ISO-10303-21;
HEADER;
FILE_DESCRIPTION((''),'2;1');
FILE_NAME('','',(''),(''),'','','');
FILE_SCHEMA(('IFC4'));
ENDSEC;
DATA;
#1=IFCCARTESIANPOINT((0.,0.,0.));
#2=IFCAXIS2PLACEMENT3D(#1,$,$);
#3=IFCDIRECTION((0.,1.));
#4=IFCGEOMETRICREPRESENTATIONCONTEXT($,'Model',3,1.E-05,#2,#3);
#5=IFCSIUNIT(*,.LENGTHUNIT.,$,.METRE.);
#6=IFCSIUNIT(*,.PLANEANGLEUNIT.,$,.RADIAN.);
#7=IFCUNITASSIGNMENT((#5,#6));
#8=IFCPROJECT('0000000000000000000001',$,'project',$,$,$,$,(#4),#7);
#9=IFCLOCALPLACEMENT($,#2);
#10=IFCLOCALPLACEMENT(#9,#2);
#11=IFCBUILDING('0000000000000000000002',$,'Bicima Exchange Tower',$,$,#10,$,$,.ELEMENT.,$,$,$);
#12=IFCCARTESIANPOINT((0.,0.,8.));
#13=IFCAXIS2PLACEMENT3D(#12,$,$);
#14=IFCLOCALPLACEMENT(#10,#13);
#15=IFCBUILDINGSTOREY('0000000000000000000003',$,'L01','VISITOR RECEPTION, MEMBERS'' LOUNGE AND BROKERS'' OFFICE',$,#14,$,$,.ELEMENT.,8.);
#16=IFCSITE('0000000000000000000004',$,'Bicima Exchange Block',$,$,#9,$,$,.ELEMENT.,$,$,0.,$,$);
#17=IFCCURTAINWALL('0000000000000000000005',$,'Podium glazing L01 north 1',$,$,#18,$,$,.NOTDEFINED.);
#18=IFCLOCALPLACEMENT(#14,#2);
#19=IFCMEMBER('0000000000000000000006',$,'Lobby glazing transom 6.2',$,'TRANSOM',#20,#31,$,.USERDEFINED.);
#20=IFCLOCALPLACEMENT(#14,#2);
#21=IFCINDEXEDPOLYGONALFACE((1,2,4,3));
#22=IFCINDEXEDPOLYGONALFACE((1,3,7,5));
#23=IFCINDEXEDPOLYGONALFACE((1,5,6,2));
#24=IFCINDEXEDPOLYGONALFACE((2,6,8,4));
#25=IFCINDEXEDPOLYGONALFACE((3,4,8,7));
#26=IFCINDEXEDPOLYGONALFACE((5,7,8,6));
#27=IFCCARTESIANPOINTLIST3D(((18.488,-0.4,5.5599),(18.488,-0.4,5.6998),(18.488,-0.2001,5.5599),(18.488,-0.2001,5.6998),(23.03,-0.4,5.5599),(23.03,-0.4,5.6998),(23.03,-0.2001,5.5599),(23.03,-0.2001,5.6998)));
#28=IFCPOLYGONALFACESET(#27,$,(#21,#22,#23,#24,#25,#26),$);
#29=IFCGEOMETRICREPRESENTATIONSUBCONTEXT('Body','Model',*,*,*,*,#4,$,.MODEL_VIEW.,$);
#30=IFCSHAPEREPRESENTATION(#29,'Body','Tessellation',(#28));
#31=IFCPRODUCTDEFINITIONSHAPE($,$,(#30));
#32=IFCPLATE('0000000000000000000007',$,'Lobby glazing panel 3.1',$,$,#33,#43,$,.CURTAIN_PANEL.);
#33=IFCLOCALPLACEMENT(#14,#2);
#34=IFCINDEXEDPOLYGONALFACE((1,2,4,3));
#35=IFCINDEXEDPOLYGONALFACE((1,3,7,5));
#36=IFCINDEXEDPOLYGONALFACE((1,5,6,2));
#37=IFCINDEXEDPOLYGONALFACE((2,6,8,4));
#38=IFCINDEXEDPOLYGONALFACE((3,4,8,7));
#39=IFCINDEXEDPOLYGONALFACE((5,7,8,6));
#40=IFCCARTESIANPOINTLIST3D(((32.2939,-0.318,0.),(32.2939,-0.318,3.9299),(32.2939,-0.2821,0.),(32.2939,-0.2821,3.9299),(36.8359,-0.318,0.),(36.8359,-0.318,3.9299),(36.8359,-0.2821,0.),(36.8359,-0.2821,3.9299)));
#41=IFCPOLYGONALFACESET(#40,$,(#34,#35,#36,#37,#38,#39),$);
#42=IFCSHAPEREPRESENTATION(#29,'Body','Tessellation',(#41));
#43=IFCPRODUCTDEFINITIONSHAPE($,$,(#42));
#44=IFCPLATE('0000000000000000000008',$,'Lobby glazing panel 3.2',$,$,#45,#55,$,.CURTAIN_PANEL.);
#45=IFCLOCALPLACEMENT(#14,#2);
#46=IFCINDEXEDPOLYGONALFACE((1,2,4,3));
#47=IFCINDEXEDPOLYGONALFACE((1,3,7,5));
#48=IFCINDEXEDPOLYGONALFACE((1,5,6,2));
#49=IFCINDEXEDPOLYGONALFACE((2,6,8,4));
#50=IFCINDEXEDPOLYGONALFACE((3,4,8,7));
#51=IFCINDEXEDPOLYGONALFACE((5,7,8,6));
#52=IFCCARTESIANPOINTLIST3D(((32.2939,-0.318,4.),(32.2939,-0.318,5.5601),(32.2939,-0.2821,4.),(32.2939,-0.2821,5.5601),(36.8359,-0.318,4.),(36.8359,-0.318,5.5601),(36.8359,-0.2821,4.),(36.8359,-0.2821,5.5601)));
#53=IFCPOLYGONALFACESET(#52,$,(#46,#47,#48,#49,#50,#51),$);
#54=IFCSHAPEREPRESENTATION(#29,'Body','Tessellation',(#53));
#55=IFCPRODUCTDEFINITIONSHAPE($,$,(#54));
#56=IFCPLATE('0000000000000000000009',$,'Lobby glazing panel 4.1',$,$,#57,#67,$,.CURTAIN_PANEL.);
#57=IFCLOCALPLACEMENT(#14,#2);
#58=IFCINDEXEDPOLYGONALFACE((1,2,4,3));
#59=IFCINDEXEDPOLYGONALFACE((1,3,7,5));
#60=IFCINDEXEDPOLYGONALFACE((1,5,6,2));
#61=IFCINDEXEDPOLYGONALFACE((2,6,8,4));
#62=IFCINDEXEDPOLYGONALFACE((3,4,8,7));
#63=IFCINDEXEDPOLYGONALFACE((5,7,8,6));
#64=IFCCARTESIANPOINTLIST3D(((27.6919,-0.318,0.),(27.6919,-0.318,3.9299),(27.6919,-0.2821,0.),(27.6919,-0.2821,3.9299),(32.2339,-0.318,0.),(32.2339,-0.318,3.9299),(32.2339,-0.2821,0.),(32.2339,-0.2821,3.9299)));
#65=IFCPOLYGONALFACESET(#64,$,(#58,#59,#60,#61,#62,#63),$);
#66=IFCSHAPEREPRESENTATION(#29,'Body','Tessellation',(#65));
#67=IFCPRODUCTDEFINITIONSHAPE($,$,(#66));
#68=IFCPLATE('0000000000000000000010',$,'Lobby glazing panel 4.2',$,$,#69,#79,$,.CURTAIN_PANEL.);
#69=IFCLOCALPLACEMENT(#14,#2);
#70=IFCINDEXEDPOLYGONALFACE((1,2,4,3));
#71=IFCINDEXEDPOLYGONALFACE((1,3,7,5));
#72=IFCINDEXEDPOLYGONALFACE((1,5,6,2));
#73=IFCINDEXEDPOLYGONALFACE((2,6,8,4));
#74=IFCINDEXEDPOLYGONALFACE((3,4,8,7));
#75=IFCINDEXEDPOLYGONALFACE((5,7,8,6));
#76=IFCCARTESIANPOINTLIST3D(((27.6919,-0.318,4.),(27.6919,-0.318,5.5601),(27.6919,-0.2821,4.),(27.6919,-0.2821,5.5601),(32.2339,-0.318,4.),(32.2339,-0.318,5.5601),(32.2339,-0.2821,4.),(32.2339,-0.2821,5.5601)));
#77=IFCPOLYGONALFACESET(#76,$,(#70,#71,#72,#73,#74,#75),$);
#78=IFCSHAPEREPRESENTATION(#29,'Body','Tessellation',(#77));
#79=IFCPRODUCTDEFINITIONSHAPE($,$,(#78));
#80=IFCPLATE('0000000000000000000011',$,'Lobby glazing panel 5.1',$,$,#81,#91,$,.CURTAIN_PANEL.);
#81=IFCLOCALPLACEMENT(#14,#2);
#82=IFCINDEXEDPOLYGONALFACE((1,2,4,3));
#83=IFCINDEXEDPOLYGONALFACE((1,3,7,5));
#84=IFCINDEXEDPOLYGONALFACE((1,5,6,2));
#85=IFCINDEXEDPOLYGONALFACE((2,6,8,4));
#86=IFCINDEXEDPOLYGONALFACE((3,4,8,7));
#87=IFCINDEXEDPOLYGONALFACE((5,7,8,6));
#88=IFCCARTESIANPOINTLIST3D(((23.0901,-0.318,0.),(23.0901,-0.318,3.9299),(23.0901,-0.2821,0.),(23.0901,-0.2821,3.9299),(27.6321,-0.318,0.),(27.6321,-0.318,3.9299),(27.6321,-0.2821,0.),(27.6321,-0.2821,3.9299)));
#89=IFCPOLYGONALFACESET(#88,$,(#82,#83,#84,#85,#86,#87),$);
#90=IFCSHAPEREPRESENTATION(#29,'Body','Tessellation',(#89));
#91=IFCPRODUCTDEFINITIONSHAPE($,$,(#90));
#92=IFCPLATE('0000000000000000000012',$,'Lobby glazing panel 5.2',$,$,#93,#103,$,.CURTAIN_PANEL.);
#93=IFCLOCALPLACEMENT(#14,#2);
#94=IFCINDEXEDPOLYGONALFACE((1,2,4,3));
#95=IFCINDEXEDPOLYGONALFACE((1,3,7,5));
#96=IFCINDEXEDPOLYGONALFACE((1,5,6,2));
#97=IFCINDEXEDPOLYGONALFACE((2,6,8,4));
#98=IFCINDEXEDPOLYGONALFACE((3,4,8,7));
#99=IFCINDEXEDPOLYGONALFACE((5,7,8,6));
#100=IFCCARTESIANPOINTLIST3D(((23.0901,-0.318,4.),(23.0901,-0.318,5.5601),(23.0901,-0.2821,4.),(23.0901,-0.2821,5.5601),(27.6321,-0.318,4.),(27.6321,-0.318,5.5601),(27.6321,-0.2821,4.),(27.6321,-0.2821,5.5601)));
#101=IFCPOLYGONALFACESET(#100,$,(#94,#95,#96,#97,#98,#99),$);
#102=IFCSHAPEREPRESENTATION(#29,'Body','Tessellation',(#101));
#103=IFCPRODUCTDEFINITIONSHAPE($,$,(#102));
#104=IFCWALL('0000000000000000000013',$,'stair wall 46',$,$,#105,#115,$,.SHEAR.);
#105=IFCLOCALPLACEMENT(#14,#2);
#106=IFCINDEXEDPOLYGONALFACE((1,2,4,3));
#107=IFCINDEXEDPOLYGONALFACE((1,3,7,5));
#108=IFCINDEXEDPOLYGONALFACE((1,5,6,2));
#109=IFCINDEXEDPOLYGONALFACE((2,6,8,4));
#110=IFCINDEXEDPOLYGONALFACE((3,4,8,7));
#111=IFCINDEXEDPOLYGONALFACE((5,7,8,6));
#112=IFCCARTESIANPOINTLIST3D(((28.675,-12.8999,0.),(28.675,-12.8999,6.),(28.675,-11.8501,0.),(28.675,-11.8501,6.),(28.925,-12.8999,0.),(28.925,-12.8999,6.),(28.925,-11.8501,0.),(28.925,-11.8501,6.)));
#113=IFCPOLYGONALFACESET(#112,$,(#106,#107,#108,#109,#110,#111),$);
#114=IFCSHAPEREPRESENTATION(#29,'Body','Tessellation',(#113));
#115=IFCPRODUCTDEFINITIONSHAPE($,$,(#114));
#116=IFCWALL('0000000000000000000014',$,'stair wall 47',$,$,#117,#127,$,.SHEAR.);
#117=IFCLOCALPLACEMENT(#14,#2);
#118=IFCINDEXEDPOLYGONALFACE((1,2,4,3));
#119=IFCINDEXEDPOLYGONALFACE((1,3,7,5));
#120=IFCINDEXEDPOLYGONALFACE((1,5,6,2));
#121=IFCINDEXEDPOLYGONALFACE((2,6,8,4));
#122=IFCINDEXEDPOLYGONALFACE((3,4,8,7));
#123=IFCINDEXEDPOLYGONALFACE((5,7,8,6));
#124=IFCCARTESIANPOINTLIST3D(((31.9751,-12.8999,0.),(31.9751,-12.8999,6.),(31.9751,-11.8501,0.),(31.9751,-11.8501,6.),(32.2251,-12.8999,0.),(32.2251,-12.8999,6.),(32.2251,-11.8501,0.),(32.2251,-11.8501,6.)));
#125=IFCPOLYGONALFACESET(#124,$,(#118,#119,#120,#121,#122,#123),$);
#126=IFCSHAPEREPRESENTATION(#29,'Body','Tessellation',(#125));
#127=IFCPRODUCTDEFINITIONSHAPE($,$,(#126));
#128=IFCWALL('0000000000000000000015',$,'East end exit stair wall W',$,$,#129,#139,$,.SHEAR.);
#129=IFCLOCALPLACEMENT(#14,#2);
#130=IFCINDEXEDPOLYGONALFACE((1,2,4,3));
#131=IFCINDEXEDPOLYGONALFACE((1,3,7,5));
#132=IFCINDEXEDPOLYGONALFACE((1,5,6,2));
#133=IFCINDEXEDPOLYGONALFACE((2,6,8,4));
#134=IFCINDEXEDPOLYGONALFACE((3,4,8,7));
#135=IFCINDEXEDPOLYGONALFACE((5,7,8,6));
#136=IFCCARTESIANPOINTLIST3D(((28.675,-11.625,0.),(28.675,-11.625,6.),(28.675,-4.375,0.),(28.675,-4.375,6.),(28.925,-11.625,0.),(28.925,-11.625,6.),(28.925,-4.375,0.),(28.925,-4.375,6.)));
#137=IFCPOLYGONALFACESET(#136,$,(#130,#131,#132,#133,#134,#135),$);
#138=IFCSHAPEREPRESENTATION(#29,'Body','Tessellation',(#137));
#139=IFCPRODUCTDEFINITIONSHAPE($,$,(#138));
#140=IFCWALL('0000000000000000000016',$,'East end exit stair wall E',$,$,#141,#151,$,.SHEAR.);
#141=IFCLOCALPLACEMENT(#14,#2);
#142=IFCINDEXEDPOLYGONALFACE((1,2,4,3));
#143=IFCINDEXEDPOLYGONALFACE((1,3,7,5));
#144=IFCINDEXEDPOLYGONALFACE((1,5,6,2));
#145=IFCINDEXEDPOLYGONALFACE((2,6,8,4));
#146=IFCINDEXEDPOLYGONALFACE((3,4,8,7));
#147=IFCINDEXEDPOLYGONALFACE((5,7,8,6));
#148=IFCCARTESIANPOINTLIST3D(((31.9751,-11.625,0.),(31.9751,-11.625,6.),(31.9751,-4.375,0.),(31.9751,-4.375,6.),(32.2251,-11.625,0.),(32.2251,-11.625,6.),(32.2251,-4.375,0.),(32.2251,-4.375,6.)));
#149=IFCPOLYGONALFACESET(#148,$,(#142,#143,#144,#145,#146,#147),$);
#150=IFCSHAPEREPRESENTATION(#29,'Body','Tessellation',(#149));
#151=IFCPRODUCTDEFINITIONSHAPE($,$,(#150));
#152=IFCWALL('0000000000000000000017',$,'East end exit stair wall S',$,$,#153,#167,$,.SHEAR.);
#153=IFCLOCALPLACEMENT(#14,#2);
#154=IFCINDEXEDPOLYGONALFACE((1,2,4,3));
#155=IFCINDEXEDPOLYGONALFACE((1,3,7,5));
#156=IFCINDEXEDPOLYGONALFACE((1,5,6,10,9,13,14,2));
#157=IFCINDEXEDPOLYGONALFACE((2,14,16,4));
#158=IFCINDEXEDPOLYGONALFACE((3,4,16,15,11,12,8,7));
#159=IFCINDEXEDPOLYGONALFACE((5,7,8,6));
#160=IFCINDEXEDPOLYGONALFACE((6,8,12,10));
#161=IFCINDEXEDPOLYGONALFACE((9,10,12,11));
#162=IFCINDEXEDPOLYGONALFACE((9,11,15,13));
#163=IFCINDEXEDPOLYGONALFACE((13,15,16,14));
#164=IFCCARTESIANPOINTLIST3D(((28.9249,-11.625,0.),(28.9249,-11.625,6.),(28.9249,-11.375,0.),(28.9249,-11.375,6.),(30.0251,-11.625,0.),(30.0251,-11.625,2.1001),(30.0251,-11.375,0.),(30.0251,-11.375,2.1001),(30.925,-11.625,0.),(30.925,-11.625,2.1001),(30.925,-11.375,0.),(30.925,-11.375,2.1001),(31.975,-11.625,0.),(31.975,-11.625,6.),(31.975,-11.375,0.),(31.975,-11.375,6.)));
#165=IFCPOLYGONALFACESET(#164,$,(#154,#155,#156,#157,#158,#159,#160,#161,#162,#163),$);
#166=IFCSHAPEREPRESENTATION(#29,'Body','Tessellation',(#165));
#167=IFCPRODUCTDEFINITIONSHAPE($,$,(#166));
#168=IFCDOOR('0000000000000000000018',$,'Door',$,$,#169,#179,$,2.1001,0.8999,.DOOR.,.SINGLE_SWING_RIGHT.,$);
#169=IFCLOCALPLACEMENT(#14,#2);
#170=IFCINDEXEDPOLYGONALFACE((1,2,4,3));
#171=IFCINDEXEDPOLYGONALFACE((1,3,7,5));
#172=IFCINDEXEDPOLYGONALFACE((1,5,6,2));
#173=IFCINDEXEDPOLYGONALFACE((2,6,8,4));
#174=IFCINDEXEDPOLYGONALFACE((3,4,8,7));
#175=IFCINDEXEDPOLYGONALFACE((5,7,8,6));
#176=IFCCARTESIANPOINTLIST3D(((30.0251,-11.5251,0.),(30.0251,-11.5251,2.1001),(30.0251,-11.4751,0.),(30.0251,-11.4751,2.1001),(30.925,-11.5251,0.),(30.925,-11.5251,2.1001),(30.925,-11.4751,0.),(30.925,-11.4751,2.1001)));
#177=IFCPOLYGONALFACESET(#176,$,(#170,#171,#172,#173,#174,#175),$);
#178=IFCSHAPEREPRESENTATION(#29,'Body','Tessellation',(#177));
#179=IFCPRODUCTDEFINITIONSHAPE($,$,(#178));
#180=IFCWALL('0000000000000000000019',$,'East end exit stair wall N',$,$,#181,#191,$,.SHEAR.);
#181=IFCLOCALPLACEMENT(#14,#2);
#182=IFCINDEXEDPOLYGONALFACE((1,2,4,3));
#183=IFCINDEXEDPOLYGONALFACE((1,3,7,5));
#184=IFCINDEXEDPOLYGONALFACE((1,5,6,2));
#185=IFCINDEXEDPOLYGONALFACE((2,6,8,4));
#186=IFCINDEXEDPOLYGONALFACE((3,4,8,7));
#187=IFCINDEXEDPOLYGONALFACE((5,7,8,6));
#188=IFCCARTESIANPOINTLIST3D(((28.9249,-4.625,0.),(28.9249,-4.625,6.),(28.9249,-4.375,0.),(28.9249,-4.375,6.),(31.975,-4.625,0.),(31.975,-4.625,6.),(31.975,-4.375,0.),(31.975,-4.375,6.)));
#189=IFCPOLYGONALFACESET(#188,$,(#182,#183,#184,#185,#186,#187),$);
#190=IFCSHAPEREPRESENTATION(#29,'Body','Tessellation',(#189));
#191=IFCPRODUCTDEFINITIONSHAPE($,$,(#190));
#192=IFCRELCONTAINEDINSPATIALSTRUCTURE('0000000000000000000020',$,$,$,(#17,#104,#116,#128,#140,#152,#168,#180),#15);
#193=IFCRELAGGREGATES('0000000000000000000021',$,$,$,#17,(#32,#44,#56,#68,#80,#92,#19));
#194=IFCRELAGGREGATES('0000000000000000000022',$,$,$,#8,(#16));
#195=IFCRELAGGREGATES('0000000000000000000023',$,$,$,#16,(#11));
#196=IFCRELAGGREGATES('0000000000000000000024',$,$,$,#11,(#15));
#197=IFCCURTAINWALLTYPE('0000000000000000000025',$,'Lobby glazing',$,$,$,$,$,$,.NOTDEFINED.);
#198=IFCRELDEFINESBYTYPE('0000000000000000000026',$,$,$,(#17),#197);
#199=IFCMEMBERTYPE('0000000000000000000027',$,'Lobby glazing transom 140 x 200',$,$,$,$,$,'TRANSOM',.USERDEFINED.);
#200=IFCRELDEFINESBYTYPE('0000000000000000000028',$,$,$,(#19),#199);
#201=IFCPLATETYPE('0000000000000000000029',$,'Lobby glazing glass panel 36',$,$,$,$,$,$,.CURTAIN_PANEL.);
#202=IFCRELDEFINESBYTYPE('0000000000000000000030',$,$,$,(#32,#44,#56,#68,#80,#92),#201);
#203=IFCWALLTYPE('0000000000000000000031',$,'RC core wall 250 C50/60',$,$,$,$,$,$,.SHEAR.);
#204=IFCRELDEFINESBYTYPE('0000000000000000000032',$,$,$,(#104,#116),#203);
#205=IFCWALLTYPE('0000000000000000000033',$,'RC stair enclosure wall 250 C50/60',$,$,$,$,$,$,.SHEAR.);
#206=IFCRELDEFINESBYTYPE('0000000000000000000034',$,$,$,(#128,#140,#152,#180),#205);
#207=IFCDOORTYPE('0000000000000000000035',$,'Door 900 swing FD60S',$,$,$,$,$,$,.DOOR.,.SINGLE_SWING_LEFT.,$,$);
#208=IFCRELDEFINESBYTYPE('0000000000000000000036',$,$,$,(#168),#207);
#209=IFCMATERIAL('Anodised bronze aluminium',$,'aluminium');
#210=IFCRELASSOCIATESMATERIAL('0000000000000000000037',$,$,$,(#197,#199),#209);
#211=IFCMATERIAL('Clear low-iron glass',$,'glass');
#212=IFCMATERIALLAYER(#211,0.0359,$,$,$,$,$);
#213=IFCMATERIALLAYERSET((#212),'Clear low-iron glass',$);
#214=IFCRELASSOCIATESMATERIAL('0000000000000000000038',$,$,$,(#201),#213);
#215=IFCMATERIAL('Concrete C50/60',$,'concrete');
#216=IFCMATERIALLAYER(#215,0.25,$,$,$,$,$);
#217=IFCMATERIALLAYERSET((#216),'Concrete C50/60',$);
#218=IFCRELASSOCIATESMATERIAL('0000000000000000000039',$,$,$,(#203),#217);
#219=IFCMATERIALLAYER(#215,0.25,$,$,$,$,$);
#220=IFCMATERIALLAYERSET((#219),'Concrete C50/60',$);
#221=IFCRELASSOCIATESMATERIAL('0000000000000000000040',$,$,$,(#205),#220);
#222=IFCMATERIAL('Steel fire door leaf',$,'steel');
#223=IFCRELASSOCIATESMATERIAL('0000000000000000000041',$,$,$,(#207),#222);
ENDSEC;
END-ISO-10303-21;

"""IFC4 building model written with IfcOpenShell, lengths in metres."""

from ifc_helpers import new_model, si_unit, direction, frame, frame_2d, origin, origin_2d, place, context, subcontext, project, spatial, rectangle, extrude, material, layer, layer_set, material_profile, profile_set, type_object, element, fill, aggregate, save


model = new_model("IFC4")

# Units and contexts
model_context = context("Model", 3, precision=1e-05, world=origin(), true_north=direction((0.0, 1.0)))
body_context = subcontext(model_context, "Body", "Model", "MODEL_VIEW")
ifc_project = project(units=[si_unit("LENGTHUNIT", "METRE"), si_unit("PLANEANGLEUNIT", "RADIAN")], contexts=[model_context])

# Site, building, storey
site_placement = place(None, origin())
site = spatial("IfcSite", under=ifc_project, at=site_placement, Name="Bicima Exchange Block", CompositionType="ELEMENT", RefElevation=0.0)
building_placement = place(site_placement, origin())
building = spatial("IfcBuilding", under=site, at=building_placement, Name="Bicima Exchange Tower", CompositionType="ELEMENT")
storey_placement = place(building_placement, frame((0.0, 0.0, 8.0)))
storey = spatial("IfcBuildingStorey", under=building, at=storey_placement, Name="L01", Description="VISITOR RECEPTION, MEMBERS' LOUNGE AND BROKERS' OFFICE", CompositionType="ELEMENT", Elevation=8.0)

# Curtain wall, member, plates
ifc_material_1 = material(Name="Anodised bronze aluminium", Category="aluminium")
curtain_wall_type = type_object("IfcCurtainWallType", Name="Lobby glazing", PredefinedType="NOTDEFINED", material=ifc_material_1)
curtain_wall_placement = place(storey_placement, origin())
curtain_wall = element("IfcCurtainWall", 1, at=curtain_wall_placement, inside=storey, type_object=curtain_wall_type, Name="Podium glazing L01 north 1", PredefinedType="NOTDEFINED")
ifc_material_profile_1 = material_profile(ifc_material_1, rectangle(XDim=0.2, YDim=0.1399, at=origin_2d()))
ifc_profile_set_1 = profile_set([ifc_material_profile_1], Name="Anodised bronze aluminium")
member_type_1 = type_object("IfcMemberType", Name="Lobby glazing transom 140 x 200", ElementType="TRANSOM", PredefinedType="USERDEFINED", material=ifc_profile_set_1)
member_1_placement = place(storey_placement, frame((23.03, -0.3, 5.6299), z_axis=(-1.0, 0.0, 0.0), x_axis=(0.0, -1.0, 0.0)))
member_1 = element("IfcMember", 2, at=member_1_placement, type_object=member_type_1, Name="Lobby glazing transom 6.2", ObjectType="TRANSOM", PredefinedType="USERDEFINED", context=body_context, shape_type="SweptSolid", body=[
    extrude(rectangle(XDim=0.2, YDim=0.1399, at=origin_2d()), origin(), (0.0, 0.0, 1.0), 4.542),
])
ifc_material_2 = material(Name="Clear low-iron glass", Category="glass")
ifc_layer_1 = layer(ifc_material_2, 0.0359)
ifc_layer_set_1 = layer_set([ifc_layer_1], Name="Clear low-iron glass")
plate_type = type_object("IfcPlateType", Name="Lobby glazing glass panel 36", PredefinedType="CURTAIN_PANEL", material=ifc_layer_set_1)
plate_1_placement = place(storey_placement, frame((34.5649, -0.3, 0.0), z_axis=(0.0, 0.0, 1.0), x_axis=(-1.0, 0.0, 0.0)))
plate_1 = element("IfcPlate", 3, at=plate_1_placement, type_object=plate_type, Name="Lobby glazing panel 3.1", PredefinedType="CURTAIN_PANEL", context=body_context, shape_type="SweptSolid", body=[
    extrude(rectangle(XDim=4.542, YDim=0.0359, at=origin_2d()), origin(), (0.0, 0.0, 1.0), 3.9299),
])
plate_2_placement = place(storey_placement, frame((34.5649, -0.3, 4.0), z_axis=(0.0, 0.0, 1.0), x_axis=(-1.0, 0.0, 0.0)))
plate_2 = element("IfcPlate", 4, at=plate_2_placement, type_object=plate_type, Name="Lobby glazing panel 3.2", PredefinedType="CURTAIN_PANEL", context=body_context, shape_type="SweptSolid", body=[
    extrude(rectangle(XDim=4.542, YDim=0.0359, at=origin_2d()), origin(), (0.0, 0.0, 1.0), 1.5601),
])
plate_3_placement = place(storey_placement, frame((29.9629, -0.3, 0.0), z_axis=(0.0, 0.0, 1.0), x_axis=(-1.0, 0.0, 0.0)))
plate_3 = element("IfcPlate", 5, at=plate_3_placement, type_object=plate_type, Name="Lobby glazing panel 4.1", PredefinedType="CURTAIN_PANEL", context=body_context, shape_type="SweptSolid", body=[
    extrude(rectangle(XDim=4.542, YDim=0.0359, at=origin_2d()), origin(), (0.0, 0.0, 1.0), 3.9299),
])
plate_4_placement = place(storey_placement, frame((29.9629, -0.3, 4.0), z_axis=(0.0, 0.0, 1.0), x_axis=(-1.0, 0.0, 0.0)))
plate_4 = element("IfcPlate", 6, at=plate_4_placement, type_object=plate_type, Name="Lobby glazing panel 4.2", PredefinedType="CURTAIN_PANEL", context=body_context, shape_type="SweptSolid", body=[
    extrude(rectangle(XDim=4.542, YDim=0.0359, at=origin_2d()), origin(), (0.0, 0.0, 1.0), 1.5601),
])
plate_5_placement = place(storey_placement, frame((25.3611, -0.3, 0.0), z_axis=(0.0, 0.0, 1.0), x_axis=(-1.0, 0.0, 0.0)))
plate_5 = element("IfcPlate", 7, at=plate_5_placement, type_object=plate_type, Name="Lobby glazing panel 5.1", PredefinedType="CURTAIN_PANEL", context=body_context, shape_type="SweptSolid", body=[
    extrude(rectangle(XDim=4.542, YDim=0.0359, at=origin_2d()), origin(), (0.0, 0.0, 1.0), 3.9299),
])
plate_6_placement = place(storey_placement, frame((25.3611, -0.3, 4.0), z_axis=(0.0, 0.0, 1.0), x_axis=(-1.0, 0.0, 0.0)))
plate_6 = element("IfcPlate", 8, at=plate_6_placement, type_object=plate_type, Name="Lobby glazing panel 5.2", PredefinedType="CURTAIN_PANEL", context=body_context, shape_type="SweptSolid", body=[
    extrude(rectangle(XDim=4.542, YDim=0.0359, at=origin_2d()), origin(), (0.0, 0.0, 1.0), 1.5601),
])
aggregate(curtain_wall, [plate_1, plate_2, plate_3, plate_4, plate_5, plate_6, member_1])

# Walls
ifc_material_3 = material(Name="Concrete C50/60", Category="concrete")
ifc_layer_2 = layer(ifc_material_3, 0.25)
ifc_layer_set_2 = layer_set([ifc_layer_2], Name="Concrete C50/60")
wall_type_1 = type_object("IfcWallType", Name="RC core wall 250 C50/60", PredefinedType="SHEAR", material=ifc_layer_set_2)
for number, where, z_axis, x_axis, name in (
    (9, (28.8, -12.8999, 0.0), (0.0, 0.0, 1.0), (0.0, 1.0, 0.0), "stair wall 46"),
    (10, (32.1001, -12.8999, 0.0), (0.0, 0.0, 1.0), (0.0, 1.0, 0.0), "stair wall 47"),
):
    element("IfcWall", number, at=place(storey_placement, frame(where, z_axis=z_axis, x_axis=x_axis)), inside=storey, type_object=wall_type_1, Name=name, PredefinedType="SHEAR", context=body_context, shape_type="SweptSolid", body=[
        extrude(rectangle(XDim=1.0498, YDim=0.25, at=frame_2d((0.5249, 0.0))), origin(), (0.0, 0.0, 1.0), 6.0),
    ])
ifc_layer_3 = layer(ifc_material_3, 0.25)
ifc_layer_set_3 = layer_set([ifc_layer_3], Name="Concrete C50/60")
wall_type_2 = type_object("IfcWallType", Name="RC stair enclosure wall 250 C50/60", PredefinedType="SHEAR", material=ifc_layer_set_3)
for number, where, z_axis, x_axis, name in (
    (11, (28.8, -11.625, 0.0), (0.0, 0.0, 1.0), (0.0, 1.0, 0.0), "East end exit stair wall W"),
    (12, (32.1001, -11.625, 0.0), (0.0, 0.0, 1.0), (0.0, 1.0, 0.0), "East end exit stair wall E"),
):
    element("IfcWall", number, at=place(storey_placement, frame(where, z_axis=z_axis, x_axis=x_axis)), inside=storey, type_object=wall_type_2, Name=name, PredefinedType="SHEAR", context=body_context, shape_type="SweptSolid", body=[
        extrude(rectangle(XDim=7.25, YDim=0.25, at=frame_2d((3.625, 0.0))), origin(), (0.0, 0.0, 1.0), 6.0),
    ])

# Wall, opening, door
wall_1_placement = place(storey_placement, frame((28.925, -11.5, 0.0), z_axis=(0.0, 0.0, 1.0), x_axis=(1.0, 0.0, 0.0)))
wall_1 = element("IfcWall", 13, at=wall_1_placement, inside=storey, type_object=wall_type_2, Name="East end exit stair wall S", PredefinedType="SHEAR", context=body_context, shape_type="SweptSolid", body=[
    extrude(rectangle(XDim=3.05, YDim=0.25, at=frame_2d((1.5249, 0.0))), origin(), (0.0, 0.0, 1.0), 6.0),
])
opening_placement = place(wall_1_placement, frame((1.1001, 0.0, 0.0)))
opening = element("IfcOpeningElement", 14, at=opening_placement, cuts=wall_1, PredefinedType="OPENING", context=body_context, shape_type="SweptSolid", body=[
    extrude(rectangle(XDim=0.8999, YDim=2.1001, at=frame_2d((0.45, 1.05))), frame((0.0, 0.137, 0.0), z_axis=(0.0, -1.0, 0.0), x_axis=(1.0, 0.0, 0.0)), (0.0, 0.0, 1.0), 0.2739),
])
ifc_material_4 = material(Name="Steel fire door leaf", Category="steel")
door_type = type_object("IfcDoorType", Name="Door 900 swing FD60S", OperationType="SINGLE_SWING_LEFT", PredefinedType="DOOR", material=ifc_material_4)
door_placement = place(opening_placement, origin())
door = element("IfcDoor", 15, at=door_placement, inside=storey, type_object=door_type, Name="Door", OperationType="SINGLE_SWING_RIGHT", OverallHeight=2.1001, OverallWidth=0.8999, PredefinedType="DOOR", context=body_context, shape_type="SweptSolid", body=[
    extrude(rectangle(XDim=0.8999, YDim=2.1001, at=frame_2d((0.45, 1.05))), frame((0.0, 0.0249, 0.0), z_axis=(0.0, -1.0, 0.0), x_axis=(1.0, 0.0, 0.0)), (0.0, 0.0, 1.0), 0.05),
])
fill(opening, door)

# Wall
wall_2_placement = place(storey_placement, frame((28.925, -4.5, 0.0), z_axis=(0.0, 0.0, 1.0), x_axis=(1.0, 0.0, 0.0)))
element("IfcWall", 16, at=wall_2_placement, inside=storey, type_object=wall_type_2, Name="East end exit stair wall N", PredefinedType="SHEAR", context=body_context, shape_type="SweptSolid", body=[
    extrude(rectangle(XDim=3.05, YDim=0.25, at=frame_2d((1.5249, 0.0))), origin(), (0.0, 0.0, 1.0), 6.0),
])

save(model, "model.ifc")
